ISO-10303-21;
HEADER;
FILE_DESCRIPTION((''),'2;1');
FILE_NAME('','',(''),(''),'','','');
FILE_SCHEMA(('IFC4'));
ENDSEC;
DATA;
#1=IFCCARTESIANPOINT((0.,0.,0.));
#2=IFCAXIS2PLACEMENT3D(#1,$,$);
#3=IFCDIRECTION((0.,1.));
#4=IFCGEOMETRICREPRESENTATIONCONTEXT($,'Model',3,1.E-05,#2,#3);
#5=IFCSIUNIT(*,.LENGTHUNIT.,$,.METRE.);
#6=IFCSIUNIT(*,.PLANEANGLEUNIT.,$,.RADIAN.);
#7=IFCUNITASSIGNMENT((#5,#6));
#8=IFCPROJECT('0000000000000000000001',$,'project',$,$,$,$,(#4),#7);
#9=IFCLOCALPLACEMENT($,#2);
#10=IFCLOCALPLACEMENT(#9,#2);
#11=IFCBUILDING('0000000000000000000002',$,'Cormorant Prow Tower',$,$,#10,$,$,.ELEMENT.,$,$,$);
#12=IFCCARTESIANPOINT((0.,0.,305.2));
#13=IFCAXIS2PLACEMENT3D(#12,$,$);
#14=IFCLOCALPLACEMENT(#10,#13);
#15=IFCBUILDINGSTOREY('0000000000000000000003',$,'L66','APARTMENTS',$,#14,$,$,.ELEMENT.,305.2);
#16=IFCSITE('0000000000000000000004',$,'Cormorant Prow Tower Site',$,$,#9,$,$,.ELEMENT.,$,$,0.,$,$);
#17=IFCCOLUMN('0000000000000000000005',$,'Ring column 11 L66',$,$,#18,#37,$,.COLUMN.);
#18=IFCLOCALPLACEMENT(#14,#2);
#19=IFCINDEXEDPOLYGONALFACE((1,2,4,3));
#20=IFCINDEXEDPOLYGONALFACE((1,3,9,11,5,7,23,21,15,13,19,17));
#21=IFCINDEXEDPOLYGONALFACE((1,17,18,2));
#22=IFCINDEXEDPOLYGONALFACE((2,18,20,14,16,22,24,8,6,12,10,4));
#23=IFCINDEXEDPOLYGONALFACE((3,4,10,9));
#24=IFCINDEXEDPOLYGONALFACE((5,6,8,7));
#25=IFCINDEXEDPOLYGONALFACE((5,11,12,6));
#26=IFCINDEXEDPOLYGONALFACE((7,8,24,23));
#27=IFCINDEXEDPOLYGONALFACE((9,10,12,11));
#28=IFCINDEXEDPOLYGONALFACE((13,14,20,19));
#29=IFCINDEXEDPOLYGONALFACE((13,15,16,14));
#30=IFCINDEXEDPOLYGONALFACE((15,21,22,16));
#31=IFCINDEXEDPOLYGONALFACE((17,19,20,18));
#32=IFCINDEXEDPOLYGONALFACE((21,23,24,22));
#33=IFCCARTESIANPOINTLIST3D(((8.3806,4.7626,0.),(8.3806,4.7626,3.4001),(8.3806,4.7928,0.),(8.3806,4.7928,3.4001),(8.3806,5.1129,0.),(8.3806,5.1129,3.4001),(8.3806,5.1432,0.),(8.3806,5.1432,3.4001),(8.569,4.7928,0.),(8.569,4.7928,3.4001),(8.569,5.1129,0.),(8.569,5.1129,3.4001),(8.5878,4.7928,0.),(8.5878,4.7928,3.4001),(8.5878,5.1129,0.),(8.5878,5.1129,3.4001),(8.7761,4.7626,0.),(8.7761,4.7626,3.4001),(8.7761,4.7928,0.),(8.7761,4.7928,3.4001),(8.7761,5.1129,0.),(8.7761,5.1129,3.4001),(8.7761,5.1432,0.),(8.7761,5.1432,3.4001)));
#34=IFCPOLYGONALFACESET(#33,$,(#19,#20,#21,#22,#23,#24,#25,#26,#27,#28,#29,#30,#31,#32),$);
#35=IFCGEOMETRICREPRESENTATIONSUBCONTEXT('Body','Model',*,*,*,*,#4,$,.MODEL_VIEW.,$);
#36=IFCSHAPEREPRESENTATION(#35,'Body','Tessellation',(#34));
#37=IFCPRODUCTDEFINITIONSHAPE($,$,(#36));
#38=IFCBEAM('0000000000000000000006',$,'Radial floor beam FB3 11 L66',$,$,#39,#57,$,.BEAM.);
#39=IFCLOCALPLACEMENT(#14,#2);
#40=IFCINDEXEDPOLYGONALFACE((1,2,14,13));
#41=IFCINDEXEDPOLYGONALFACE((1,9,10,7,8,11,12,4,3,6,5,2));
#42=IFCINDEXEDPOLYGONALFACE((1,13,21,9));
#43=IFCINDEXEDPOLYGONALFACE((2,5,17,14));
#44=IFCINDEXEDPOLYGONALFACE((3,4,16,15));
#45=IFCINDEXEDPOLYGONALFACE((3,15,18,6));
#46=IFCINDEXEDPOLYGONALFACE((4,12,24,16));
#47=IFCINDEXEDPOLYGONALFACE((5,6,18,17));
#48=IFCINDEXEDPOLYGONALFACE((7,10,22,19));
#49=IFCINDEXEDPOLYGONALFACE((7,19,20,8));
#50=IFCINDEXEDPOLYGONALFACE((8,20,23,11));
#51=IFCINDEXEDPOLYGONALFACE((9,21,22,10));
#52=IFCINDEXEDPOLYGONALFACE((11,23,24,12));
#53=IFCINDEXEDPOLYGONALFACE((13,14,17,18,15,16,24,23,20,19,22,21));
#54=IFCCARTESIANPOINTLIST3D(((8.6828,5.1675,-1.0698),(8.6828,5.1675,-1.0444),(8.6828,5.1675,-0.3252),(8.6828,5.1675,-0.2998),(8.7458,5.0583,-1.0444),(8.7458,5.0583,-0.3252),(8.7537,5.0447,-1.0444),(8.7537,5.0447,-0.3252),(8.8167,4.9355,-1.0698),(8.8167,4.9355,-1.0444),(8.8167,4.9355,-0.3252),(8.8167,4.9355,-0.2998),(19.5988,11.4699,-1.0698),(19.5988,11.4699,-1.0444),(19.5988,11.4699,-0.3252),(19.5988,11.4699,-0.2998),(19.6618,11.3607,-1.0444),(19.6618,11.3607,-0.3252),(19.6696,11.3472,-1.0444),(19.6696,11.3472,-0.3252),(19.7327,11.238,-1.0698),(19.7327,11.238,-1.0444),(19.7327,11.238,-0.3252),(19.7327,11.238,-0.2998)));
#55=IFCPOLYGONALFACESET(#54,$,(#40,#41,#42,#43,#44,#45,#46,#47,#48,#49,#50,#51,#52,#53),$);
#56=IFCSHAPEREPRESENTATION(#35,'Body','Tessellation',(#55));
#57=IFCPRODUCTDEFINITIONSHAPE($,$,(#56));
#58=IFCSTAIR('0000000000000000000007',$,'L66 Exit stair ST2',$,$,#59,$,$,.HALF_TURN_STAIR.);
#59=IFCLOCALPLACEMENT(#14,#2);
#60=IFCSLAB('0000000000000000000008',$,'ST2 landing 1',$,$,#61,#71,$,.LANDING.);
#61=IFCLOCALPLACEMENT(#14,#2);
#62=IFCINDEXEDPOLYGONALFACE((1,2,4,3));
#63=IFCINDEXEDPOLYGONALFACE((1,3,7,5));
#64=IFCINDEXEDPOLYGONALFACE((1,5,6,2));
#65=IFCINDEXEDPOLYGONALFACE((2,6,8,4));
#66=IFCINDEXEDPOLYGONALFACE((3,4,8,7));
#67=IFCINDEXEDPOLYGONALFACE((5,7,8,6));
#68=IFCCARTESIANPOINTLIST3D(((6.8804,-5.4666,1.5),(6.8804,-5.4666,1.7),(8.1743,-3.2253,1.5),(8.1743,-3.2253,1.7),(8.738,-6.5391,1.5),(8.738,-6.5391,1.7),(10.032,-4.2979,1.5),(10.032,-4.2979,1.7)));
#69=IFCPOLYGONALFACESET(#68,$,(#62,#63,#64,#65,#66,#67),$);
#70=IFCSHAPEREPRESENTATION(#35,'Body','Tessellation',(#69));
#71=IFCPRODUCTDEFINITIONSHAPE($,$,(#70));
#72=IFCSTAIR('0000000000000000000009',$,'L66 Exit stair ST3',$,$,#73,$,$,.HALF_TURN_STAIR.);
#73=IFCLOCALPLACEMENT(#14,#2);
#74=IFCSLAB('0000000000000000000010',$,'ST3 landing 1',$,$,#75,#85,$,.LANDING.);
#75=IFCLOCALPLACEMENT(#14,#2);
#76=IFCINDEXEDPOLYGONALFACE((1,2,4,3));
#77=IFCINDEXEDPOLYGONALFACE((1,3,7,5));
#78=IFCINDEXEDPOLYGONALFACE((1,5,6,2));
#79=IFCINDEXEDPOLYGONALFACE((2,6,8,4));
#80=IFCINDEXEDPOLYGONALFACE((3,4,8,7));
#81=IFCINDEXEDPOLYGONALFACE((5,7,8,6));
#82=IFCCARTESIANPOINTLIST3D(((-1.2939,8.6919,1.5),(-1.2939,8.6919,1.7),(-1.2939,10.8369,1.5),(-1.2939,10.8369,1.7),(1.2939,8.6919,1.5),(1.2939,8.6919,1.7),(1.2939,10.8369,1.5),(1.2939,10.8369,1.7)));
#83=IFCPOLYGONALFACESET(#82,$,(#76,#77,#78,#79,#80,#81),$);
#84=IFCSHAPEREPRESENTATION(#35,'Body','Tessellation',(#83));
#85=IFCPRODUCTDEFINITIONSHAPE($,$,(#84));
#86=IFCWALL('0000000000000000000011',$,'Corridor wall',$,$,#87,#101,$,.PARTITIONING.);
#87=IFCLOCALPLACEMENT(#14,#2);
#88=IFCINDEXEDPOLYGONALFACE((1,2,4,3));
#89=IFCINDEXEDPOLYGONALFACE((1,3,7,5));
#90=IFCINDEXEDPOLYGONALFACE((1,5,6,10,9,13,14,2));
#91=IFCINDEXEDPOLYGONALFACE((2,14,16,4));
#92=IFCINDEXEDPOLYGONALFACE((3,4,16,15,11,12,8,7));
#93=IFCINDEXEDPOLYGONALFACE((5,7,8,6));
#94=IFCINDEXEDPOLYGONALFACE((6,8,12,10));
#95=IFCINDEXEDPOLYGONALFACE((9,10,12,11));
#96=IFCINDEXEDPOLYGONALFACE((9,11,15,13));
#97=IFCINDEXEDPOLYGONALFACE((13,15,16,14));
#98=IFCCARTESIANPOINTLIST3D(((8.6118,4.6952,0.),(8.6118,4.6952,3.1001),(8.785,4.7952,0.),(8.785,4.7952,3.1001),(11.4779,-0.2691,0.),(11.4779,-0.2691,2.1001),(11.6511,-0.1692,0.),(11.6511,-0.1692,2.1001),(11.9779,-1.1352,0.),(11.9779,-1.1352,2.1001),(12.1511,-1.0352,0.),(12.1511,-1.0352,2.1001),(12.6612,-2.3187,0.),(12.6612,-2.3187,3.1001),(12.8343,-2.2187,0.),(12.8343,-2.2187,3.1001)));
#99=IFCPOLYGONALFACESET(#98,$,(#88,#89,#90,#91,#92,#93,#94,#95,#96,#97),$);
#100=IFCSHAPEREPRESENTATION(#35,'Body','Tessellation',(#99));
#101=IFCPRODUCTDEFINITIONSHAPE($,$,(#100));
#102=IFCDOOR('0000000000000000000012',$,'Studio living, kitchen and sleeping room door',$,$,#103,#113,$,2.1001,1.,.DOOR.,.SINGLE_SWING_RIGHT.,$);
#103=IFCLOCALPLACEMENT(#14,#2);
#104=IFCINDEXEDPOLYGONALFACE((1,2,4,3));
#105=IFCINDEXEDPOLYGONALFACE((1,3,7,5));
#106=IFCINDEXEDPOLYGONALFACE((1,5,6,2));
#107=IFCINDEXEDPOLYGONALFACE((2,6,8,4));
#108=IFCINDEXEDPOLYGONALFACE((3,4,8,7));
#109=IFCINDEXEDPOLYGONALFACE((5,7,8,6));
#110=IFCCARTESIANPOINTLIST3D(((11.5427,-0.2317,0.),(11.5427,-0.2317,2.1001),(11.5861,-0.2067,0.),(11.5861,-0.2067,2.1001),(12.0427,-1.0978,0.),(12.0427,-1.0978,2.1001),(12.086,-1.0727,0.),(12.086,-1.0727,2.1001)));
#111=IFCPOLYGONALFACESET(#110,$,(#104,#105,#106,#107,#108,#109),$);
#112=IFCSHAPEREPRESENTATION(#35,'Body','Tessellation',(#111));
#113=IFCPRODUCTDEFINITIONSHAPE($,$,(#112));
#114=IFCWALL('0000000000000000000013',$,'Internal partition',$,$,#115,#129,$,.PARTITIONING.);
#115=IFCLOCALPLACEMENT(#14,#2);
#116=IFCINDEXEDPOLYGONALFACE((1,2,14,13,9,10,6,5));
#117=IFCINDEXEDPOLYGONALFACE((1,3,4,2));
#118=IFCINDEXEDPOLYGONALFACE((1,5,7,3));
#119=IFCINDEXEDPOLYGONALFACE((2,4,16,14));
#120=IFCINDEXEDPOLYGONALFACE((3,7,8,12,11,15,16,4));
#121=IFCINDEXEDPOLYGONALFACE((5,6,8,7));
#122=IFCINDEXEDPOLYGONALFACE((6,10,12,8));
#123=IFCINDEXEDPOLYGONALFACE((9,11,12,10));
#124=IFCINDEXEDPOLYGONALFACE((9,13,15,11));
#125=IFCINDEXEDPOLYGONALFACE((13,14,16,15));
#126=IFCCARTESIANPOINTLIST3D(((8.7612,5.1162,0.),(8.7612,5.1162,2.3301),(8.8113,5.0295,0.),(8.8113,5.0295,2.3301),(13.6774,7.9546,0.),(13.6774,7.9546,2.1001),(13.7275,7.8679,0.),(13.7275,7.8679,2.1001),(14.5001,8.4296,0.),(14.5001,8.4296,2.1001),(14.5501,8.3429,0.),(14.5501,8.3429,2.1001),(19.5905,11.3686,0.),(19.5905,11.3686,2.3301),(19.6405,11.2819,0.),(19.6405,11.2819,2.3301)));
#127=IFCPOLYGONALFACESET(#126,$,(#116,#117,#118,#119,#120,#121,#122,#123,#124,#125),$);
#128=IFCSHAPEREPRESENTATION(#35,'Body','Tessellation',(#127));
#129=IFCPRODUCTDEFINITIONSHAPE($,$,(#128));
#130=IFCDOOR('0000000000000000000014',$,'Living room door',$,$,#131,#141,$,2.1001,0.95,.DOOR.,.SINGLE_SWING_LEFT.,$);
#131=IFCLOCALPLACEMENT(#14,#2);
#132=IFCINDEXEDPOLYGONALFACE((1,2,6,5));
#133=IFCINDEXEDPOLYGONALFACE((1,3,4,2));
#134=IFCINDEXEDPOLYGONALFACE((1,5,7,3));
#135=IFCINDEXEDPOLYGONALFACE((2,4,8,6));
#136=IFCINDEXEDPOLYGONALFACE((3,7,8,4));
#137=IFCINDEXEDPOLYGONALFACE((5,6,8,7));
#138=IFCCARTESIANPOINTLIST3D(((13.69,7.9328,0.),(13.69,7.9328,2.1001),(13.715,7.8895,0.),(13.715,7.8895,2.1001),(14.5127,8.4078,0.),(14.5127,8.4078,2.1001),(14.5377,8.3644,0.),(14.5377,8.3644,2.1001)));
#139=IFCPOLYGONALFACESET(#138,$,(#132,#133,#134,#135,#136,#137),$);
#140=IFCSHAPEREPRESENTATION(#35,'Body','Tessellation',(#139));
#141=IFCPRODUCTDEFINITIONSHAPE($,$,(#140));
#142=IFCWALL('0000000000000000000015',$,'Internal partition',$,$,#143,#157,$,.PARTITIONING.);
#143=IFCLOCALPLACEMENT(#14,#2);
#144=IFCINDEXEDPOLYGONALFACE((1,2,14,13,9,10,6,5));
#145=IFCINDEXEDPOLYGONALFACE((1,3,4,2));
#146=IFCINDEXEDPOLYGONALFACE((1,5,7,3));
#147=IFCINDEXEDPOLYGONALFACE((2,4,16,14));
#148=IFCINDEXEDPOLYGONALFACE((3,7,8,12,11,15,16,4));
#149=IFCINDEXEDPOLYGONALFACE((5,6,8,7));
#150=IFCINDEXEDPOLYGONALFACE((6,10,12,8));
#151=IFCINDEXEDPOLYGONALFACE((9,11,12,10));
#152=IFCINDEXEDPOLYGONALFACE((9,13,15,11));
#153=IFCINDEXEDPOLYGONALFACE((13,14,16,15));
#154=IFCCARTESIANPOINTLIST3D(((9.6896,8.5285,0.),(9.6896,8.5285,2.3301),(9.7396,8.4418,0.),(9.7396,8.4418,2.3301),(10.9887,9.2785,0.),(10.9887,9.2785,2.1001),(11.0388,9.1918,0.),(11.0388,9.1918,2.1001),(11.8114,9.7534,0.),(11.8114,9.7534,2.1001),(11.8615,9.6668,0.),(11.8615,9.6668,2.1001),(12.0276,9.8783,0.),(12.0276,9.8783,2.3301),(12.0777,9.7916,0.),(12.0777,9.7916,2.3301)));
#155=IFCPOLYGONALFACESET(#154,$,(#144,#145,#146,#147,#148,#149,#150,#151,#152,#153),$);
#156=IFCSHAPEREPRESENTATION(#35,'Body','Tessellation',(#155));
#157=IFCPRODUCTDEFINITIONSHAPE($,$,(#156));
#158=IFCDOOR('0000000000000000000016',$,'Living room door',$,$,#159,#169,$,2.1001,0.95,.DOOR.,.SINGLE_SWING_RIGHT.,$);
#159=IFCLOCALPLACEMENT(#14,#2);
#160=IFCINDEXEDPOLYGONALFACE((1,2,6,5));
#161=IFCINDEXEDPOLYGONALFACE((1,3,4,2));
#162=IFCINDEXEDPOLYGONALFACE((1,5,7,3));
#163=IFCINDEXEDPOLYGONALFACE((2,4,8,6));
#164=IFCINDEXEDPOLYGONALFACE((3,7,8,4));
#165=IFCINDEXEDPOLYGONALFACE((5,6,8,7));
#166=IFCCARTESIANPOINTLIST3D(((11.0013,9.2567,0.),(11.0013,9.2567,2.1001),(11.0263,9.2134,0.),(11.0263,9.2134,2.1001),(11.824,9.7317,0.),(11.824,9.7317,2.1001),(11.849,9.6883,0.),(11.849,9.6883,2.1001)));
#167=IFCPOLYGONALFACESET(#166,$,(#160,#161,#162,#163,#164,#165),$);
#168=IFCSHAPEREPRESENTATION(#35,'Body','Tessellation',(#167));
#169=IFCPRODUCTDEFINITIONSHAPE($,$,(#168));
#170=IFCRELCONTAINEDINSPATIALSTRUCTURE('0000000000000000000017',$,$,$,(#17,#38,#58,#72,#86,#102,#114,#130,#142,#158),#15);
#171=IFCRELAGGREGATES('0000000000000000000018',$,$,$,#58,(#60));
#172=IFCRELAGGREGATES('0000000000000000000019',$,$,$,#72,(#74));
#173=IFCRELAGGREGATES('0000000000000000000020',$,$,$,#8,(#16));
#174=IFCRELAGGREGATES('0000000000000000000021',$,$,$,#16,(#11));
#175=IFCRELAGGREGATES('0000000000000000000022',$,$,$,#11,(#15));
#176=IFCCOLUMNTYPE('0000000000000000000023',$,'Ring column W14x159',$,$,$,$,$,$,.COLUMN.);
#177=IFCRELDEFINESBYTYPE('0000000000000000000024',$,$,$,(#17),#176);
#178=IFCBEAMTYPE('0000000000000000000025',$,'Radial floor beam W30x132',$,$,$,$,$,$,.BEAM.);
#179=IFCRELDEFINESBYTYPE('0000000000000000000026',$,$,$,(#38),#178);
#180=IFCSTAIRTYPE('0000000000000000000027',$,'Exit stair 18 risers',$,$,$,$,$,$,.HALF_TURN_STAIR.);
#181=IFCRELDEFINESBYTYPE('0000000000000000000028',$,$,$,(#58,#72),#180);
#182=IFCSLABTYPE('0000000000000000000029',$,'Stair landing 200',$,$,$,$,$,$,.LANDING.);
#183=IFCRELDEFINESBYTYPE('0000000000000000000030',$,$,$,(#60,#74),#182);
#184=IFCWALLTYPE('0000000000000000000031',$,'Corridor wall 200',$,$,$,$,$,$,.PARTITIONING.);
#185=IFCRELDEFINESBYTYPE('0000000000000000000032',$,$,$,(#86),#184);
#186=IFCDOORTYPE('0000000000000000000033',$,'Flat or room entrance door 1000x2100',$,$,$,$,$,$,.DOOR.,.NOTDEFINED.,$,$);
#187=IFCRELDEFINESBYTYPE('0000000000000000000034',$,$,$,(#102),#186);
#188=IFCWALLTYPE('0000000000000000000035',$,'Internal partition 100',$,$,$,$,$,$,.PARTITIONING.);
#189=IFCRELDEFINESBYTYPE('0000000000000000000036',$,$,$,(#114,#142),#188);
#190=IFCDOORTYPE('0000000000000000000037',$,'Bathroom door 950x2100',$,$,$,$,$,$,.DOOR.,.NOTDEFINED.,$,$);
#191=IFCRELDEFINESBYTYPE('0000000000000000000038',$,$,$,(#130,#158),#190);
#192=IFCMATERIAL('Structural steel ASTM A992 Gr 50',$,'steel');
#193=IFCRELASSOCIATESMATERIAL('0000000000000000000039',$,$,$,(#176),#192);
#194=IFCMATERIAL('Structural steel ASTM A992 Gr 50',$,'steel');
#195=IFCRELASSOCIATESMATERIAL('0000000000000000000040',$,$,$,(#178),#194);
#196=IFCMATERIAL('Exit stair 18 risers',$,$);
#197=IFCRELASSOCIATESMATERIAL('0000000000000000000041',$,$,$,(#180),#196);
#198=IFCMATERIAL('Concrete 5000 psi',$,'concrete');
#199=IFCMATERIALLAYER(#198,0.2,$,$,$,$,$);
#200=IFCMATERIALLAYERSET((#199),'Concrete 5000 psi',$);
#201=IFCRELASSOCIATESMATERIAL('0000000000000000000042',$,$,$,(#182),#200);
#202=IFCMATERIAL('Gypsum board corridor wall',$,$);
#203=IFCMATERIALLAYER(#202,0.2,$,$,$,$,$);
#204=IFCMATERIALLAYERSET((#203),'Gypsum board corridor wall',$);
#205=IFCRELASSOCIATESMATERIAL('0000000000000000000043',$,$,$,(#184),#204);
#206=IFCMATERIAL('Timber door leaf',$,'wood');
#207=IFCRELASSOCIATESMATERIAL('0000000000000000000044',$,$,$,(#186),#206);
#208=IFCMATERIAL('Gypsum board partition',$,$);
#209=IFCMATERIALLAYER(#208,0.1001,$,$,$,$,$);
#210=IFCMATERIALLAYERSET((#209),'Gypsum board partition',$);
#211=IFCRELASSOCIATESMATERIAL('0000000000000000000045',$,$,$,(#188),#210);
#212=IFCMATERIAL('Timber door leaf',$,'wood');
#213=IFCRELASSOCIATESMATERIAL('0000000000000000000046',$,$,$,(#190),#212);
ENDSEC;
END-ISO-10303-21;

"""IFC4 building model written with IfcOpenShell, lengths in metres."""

from ifc_helpers import new_model, si_unit, direction, frame, frame_2d, origin, origin_2d, place, context, subcontext, project, spatial, polyline, rectangle, i_section, outline, extrude, material, layer, layer_set, material_profile, profile_set, type_object, element, fill, aggregate, save


model = new_model("IFC4")

# Units and contexts
model_context = context("Model", 3, precision=1e-05, world=origin(), true_north=direction((0.0, 1.0)))
body_context = subcontext(model_context, "Body", "Model", "MODEL_VIEW")
ifc_project = project(units=[si_unit("LENGTHUNIT", "METRE"), si_unit("PLANEANGLEUNIT", "RADIAN")], contexts=[model_context])

# Site, building, storey
site_placement = place(None, origin())
site = spatial("IfcSite", under=ifc_project, at=site_placement, Name="Cormorant Prow Tower Site", CompositionType="ELEMENT", RefElevation=0.0)
building_placement = place(site_placement, origin())
building = spatial("IfcBuilding", under=site, at=building_placement, Name="Cormorant Prow Tower", CompositionType="ELEMENT")
storey_placement = place(building_placement, frame((0.0, 0.0, 305.2)))
storey = spatial("IfcBuildingStorey", under=building, at=storey_placement, Name="L66", Description="APARTMENTS", CompositionType="ELEMENT", Elevation=305.2)

# Column
ifc_material_1 = material(Name="Structural steel ASTM A992 Gr 50", Category="steel")
ifc_material_profile_1 = material_profile(ifc_material_1, i_section(OverallWidth=0.3955, OverallDepth=0.3806, WebThickness=0.0188, FlangeThickness=0.0303, at=origin_2d()), Name="W14x159")
ifc_profile_set_1 = profile_set([ifc_material_profile_1], Name="Structural steel ASTM A992 Gr 50")
column_type = type_object("IfcColumnType", Name="Ring column W14x159", PredefinedType="COLUMN", material=ifc_profile_set_1)
column_placement = place(storey_placement, frame((8.5784, 4.9529, 0.0), z_axis=(0.0, 0.0, 1.0), x_axis=(1.0, 0.0, 0.0)))
element("IfcColumn", 1, at=column_placement, inside=storey, type_object=column_type, Name="Ring column 11 L66", PredefinedType="COLUMN", context=body_context, shape_type="SweptSolid", body=[
    extrude(i_section(OverallWidth=0.3955, OverallDepth=0.3806, WebThickness=0.0188, FlangeThickness=0.0303, at=origin_2d()), origin(), (0.0, 0.0, 1.0), 3.4001),
])

# Beam
ifc_material_2 = material(Name="Structural steel ASTM A992 Gr 50", Category="steel")
ifc_material_profile_2 = material_profile(ifc_material_2, i_section(OverallWidth=0.2678, OverallDepth=0.77, WebThickness=0.0156, FlangeThickness=0.0254, at=origin_2d()), Name="W30x132")
ifc_profile_set_2 = profile_set([ifc_material_profile_2], Name="Structural steel ASTM A992 Gr 50")
beam_type = type_object("IfcBeamType", Name="Radial floor beam W30x132", PredefinedType="BEAM", material=ifc_profile_set_2)
beam_placement = place(storey_placement, frame((8.7498, 5.0515, -0.6848), z_axis=(0.866021, 0.500007, 0.0), x_axis=(-0.500007, 0.866021, 0.0)))
element("IfcBeam", 2, at=beam_placement, inside=storey, type_object=beam_type, Name="Radial floor beam FB3 11 L66", PredefinedType="BEAM", context=body_context, shape_type="SweptSolid", body=[
    extrude(i_section(OverallWidth=0.2678, OverallDepth=0.77, WebThickness=0.0156, FlangeThickness=0.0254, at=origin_2d()), origin(), (0.0, 0.0, 1.0), 12.6047),
])

# Stairs, slabs
ifc_material_3 = material(Name="Exit stair 18 risers")
stair_type = type_object("IfcStairType", Name="Exit stair 18 risers", PredefinedType="HALF_TURN_STAIR", material=ifc_material_3)
stair_1_placement = place(storey_placement, origin())
stair_1 = element("IfcStair", 3, at=stair_1_placement, inside=storey, type_object=stair_type, Name="L66 Exit stair ST2", PredefinedType="HALF_TURN_STAIR")
ifc_material_4 = material(Name="Concrete 5000 psi", Category="concrete")
ifc_layer_1 = layer(ifc_material_4, 0.2)
ifc_layer_set_1 = layer_set([ifc_layer_1], Name="Concrete 5000 psi")
slab_type = type_object("IfcSlabType", Name="Stair landing 200", PredefinedType="LANDING", material=ifc_layer_set_1)
slab_1_placement = place(storey_placement, frame((0.0, 0.0, 1.5)))
slab_1 = element("IfcSlab", 4, at=slab_1_placement, type_object=slab_type, Name="ST2 landing 1", PredefinedType="LANDING", context=body_context, shape_type="SweptSolid", body=[
    extrude(outline(polyline([(6.8804, -5.4666), (8.738, -6.5391), (10.032, -4.2979), (8.1743, -3.2253), (6.8804, -5.4666)])), origin(), (0.0, 0.0, 1.0), 0.2),
])
aggregate(stair_1, [slab_1])
stair_2_placement = place(storey_placement, origin())
stair_2 = element("IfcStair", 5, at=stair_2_placement, inside=storey, type_object=stair_type, Name="L66 Exit stair ST3", PredefinedType="HALF_TURN_STAIR")
slab_2_placement = place(storey_placement, frame((0.0, 0.0, 1.5)))
slab_2 = element("IfcSlab", 6, at=slab_2_placement, type_object=slab_type, Name="ST3 landing 1", PredefinedType="LANDING", context=body_context, shape_type="SweptSolid", body=[
    extrude(outline(polyline([(1.2939, 8.6919), (1.2939, 10.8369), (-1.2939, 10.8369), (-1.2939, 8.6919), (1.2939, 8.6919)])), origin(), (0.0, 0.0, 1.0), 0.2),
])

# Walls, openings, doors
ifc_material_5 = material(Name="Gypsum board corridor wall")
ifc_layer_2 = layer(ifc_material_5, 0.2)
ifc_layer_set_2 = layer_set([ifc_layer_2], Name="Gypsum board corridor wall")
wall_type_1 = type_object("IfcWallType", Name="Corridor wall 200", PredefinedType="PARTITIONING", material=ifc_layer_set_2)
wall_1_placement = place(storey_placement, frame((8.6985, 4.7451, 0.0), z_axis=(0.0, 0.0, 1.0), x_axis=(0.499984, -0.866034, 0.0)))
wall_1 = element("IfcWall", 7, at=wall_1_placement, inside=storey, type_object=wall_type_1, Name="Corridor wall", PredefinedType="PARTITIONING", context=body_context, shape_type="SweptSolid", body=[
    extrude(rectangle(XDim=8.0989, YDim=0.2, at=frame_2d((4.0493, 0.0))), origin(), (0.0, 0.0, 1.0), 3.1001),
])
opening_1_placement = place(wall_1_placement, frame((5.7322, 0.0, 0.0)))
opening_1 = element("IfcOpeningElement", 8, at=opening_1_placement, cuts=wall_1, PredefinedType="OPENING", context=body_context, shape_type="SweptSolid", body=[
    extrude(rectangle(XDim=1.0, YDim=2.1001, at=frame_2d((0.5, 1.05))), frame((0.0, 0.1099, 0.0), z_axis=(0.0, -1.0, 0.0), x_axis=(1.0, 0.0, 0.0)), (0.0, 0.0, 1.0), 0.22),
])
ifc_material_6 = material(Name="Timber door leaf", Category="wood")
door_type_1 = type_object("IfcDoorType", Name="Flat or room entrance door 1000x2100", OperationType="NOTDEFINED", PredefinedType="DOOR", material=ifc_material_6)
door_1_placement = place(opening_1_placement, origin())
door_1 = element("IfcDoor", 9, at=door_1_placement, inside=storey, type_object=door_type_1, Name="Studio living, kitchen and sleeping room door", OperationType="SINGLE_SWING_RIGHT", OverallHeight=2.1001, OverallWidth=1.0, PredefinedType="DOOR", context=body_context, shape_type="SweptSolid", body=[
    extrude(rectangle(XDim=1.0, YDim=2.1001, at=frame_2d((0.5, 1.05))), frame((0.0, 0.0249, 0.0), z_axis=(0.0, -1.0, 0.0), x_axis=(1.0, 0.0, 0.0)), (0.0, 0.0, 1.0), 0.05),
])
fill(opening_1, door_1)
ifc_material_7 = material(Name="Gypsum board partition")
ifc_layer_3 = layer(ifc_material_7, 0.1001)
ifc_layer_set_3 = layer_set([ifc_layer_3], Name="Gypsum board partition")
wall_type_2 = type_object("IfcWallType", Name="Internal partition 100", PredefinedType="PARTITIONING", material=ifc_layer_set_3)
wall_2_placement = place(storey_placement, frame((8.7861, 5.0728, 0.0), z_axis=(0.0, 0.0, 1.0), x_axis=(0.866021, 0.500007, 0.0)))
wall_2 = element("IfcWall", 10, at=wall_2_placement, inside=storey, type_object=wall_type_2, Name="Internal partition", PredefinedType="PARTITIONING", context=body_context, shape_type="SweptSolid", body=[
    extrude(rectangle(XDim=12.5046, YDim=0.1001, at=frame_2d((6.2524, 0.0))), origin(), (0.0, 0.0, 1.0), 2.3301),
])
opening_2_placement = place(wall_2_placement, frame((5.6768, 0.0, 0.0)))
opening_2 = element("IfcOpeningElement", 11, at=opening_2_placement, cuts=wall_2, PredefinedType="OPENING", context=body_context, shape_type="SweptSolid", body=[
    extrude(rectangle(XDim=0.95, YDim=2.1001, at=frame_2d((0.4751, 1.05))), frame((0.0, 0.0601, 0.0), z_axis=(0.0, -1.0, 0.0), x_axis=(1.0, 0.0, 0.0)), (0.0, 0.0, 1.0), 0.1201),
])
ifc_material_8 = material(Name="Timber door leaf", Category="wood")
door_type_2 = type_object("IfcDoorType", Name="Bathroom door 950x2100", OperationType="NOTDEFINED", PredefinedType="DOOR", material=ifc_material_8)
door_2_placement = place(opening_2_placement, origin())
door_2 = element("IfcDoor", 12, at=door_2_placement, inside=storey, type_object=door_type_2, Name="Living room door", OperationType="SINGLE_SWING_LEFT", OverallHeight=2.1001, OverallWidth=0.95, PredefinedType="DOOR", context=body_context, shape_type="SweptSolid", body=[
    extrude(rectangle(XDim=0.95, YDim=2.1001, at=frame_2d((0.4751, 1.05))), frame((0.0, 0.0249, 0.0), z_axis=(0.0, -1.0, 0.0), x_axis=(1.0, 0.0, 0.0)), (0.0, 0.0, 1.0), 0.05),
])
fill(opening_2, door_2)
wall_3_placement = place(storey_placement, frame((9.7146, 8.4851, 0.0), z_axis=(0.0, 0.0, 1.0), x_axis=(0.866037, 0.499981, 0.0)))
wall_3 = element("IfcWall", 13, at=wall_3_placement, inside=storey, type_object=wall_type_2, Name="Internal partition", PredefinedType="PARTITIONING", context=body_context, shape_type="SweptSolid", body=[
    extrude(rectangle(XDim=2.6997, YDim=0.1001, at=frame_2d((1.3499, 0.0))), origin(), (0.0, 0.0, 1.0), 2.3301),
])
opening_3_placement = place(wall_3_placement, frame((1.5, 0.0, 0.0)))
opening_3 = element("IfcOpeningElement", 14, at=opening_3_placement, cuts=wall_3, PredefinedType="OPENING", context=body_context, shape_type="SweptSolid", body=[
    extrude(rectangle(XDim=0.95, YDim=2.1001, at=frame_2d((0.4751, 1.05))), frame((0.0, 0.0601, 0.0), z_axis=(0.0, -1.0, 0.0), x_axis=(1.0, 0.0, 0.0)), (0.0, 0.0, 1.0), 0.1201),
])
door_3_placement = place(opening_3_placement, origin())
door_3 = element("IfcDoor", 15, at=door_3_placement, inside=storey, type_object=door_type_2, Name="Living room door", OperationType="SINGLE_SWING_RIGHT", OverallHeight=2.1001, OverallWidth=0.95, PredefinedType="DOOR", context=body_context, shape_type="SweptSolid", body=[
    extrude(rectangle(XDim=0.95, YDim=2.1001, at=frame_2d((0.4751, 1.05))), frame((0.0, 0.0249, 0.0), z_axis=(0.0, -1.0, 0.0), x_axis=(1.0, 0.0, 0.0)), (0.0, 0.0, 1.0), 0.05),
])
fill(opening_3, door_3)

aggregate(stair_2, [slab_2])

save(model, "model.ifc")
